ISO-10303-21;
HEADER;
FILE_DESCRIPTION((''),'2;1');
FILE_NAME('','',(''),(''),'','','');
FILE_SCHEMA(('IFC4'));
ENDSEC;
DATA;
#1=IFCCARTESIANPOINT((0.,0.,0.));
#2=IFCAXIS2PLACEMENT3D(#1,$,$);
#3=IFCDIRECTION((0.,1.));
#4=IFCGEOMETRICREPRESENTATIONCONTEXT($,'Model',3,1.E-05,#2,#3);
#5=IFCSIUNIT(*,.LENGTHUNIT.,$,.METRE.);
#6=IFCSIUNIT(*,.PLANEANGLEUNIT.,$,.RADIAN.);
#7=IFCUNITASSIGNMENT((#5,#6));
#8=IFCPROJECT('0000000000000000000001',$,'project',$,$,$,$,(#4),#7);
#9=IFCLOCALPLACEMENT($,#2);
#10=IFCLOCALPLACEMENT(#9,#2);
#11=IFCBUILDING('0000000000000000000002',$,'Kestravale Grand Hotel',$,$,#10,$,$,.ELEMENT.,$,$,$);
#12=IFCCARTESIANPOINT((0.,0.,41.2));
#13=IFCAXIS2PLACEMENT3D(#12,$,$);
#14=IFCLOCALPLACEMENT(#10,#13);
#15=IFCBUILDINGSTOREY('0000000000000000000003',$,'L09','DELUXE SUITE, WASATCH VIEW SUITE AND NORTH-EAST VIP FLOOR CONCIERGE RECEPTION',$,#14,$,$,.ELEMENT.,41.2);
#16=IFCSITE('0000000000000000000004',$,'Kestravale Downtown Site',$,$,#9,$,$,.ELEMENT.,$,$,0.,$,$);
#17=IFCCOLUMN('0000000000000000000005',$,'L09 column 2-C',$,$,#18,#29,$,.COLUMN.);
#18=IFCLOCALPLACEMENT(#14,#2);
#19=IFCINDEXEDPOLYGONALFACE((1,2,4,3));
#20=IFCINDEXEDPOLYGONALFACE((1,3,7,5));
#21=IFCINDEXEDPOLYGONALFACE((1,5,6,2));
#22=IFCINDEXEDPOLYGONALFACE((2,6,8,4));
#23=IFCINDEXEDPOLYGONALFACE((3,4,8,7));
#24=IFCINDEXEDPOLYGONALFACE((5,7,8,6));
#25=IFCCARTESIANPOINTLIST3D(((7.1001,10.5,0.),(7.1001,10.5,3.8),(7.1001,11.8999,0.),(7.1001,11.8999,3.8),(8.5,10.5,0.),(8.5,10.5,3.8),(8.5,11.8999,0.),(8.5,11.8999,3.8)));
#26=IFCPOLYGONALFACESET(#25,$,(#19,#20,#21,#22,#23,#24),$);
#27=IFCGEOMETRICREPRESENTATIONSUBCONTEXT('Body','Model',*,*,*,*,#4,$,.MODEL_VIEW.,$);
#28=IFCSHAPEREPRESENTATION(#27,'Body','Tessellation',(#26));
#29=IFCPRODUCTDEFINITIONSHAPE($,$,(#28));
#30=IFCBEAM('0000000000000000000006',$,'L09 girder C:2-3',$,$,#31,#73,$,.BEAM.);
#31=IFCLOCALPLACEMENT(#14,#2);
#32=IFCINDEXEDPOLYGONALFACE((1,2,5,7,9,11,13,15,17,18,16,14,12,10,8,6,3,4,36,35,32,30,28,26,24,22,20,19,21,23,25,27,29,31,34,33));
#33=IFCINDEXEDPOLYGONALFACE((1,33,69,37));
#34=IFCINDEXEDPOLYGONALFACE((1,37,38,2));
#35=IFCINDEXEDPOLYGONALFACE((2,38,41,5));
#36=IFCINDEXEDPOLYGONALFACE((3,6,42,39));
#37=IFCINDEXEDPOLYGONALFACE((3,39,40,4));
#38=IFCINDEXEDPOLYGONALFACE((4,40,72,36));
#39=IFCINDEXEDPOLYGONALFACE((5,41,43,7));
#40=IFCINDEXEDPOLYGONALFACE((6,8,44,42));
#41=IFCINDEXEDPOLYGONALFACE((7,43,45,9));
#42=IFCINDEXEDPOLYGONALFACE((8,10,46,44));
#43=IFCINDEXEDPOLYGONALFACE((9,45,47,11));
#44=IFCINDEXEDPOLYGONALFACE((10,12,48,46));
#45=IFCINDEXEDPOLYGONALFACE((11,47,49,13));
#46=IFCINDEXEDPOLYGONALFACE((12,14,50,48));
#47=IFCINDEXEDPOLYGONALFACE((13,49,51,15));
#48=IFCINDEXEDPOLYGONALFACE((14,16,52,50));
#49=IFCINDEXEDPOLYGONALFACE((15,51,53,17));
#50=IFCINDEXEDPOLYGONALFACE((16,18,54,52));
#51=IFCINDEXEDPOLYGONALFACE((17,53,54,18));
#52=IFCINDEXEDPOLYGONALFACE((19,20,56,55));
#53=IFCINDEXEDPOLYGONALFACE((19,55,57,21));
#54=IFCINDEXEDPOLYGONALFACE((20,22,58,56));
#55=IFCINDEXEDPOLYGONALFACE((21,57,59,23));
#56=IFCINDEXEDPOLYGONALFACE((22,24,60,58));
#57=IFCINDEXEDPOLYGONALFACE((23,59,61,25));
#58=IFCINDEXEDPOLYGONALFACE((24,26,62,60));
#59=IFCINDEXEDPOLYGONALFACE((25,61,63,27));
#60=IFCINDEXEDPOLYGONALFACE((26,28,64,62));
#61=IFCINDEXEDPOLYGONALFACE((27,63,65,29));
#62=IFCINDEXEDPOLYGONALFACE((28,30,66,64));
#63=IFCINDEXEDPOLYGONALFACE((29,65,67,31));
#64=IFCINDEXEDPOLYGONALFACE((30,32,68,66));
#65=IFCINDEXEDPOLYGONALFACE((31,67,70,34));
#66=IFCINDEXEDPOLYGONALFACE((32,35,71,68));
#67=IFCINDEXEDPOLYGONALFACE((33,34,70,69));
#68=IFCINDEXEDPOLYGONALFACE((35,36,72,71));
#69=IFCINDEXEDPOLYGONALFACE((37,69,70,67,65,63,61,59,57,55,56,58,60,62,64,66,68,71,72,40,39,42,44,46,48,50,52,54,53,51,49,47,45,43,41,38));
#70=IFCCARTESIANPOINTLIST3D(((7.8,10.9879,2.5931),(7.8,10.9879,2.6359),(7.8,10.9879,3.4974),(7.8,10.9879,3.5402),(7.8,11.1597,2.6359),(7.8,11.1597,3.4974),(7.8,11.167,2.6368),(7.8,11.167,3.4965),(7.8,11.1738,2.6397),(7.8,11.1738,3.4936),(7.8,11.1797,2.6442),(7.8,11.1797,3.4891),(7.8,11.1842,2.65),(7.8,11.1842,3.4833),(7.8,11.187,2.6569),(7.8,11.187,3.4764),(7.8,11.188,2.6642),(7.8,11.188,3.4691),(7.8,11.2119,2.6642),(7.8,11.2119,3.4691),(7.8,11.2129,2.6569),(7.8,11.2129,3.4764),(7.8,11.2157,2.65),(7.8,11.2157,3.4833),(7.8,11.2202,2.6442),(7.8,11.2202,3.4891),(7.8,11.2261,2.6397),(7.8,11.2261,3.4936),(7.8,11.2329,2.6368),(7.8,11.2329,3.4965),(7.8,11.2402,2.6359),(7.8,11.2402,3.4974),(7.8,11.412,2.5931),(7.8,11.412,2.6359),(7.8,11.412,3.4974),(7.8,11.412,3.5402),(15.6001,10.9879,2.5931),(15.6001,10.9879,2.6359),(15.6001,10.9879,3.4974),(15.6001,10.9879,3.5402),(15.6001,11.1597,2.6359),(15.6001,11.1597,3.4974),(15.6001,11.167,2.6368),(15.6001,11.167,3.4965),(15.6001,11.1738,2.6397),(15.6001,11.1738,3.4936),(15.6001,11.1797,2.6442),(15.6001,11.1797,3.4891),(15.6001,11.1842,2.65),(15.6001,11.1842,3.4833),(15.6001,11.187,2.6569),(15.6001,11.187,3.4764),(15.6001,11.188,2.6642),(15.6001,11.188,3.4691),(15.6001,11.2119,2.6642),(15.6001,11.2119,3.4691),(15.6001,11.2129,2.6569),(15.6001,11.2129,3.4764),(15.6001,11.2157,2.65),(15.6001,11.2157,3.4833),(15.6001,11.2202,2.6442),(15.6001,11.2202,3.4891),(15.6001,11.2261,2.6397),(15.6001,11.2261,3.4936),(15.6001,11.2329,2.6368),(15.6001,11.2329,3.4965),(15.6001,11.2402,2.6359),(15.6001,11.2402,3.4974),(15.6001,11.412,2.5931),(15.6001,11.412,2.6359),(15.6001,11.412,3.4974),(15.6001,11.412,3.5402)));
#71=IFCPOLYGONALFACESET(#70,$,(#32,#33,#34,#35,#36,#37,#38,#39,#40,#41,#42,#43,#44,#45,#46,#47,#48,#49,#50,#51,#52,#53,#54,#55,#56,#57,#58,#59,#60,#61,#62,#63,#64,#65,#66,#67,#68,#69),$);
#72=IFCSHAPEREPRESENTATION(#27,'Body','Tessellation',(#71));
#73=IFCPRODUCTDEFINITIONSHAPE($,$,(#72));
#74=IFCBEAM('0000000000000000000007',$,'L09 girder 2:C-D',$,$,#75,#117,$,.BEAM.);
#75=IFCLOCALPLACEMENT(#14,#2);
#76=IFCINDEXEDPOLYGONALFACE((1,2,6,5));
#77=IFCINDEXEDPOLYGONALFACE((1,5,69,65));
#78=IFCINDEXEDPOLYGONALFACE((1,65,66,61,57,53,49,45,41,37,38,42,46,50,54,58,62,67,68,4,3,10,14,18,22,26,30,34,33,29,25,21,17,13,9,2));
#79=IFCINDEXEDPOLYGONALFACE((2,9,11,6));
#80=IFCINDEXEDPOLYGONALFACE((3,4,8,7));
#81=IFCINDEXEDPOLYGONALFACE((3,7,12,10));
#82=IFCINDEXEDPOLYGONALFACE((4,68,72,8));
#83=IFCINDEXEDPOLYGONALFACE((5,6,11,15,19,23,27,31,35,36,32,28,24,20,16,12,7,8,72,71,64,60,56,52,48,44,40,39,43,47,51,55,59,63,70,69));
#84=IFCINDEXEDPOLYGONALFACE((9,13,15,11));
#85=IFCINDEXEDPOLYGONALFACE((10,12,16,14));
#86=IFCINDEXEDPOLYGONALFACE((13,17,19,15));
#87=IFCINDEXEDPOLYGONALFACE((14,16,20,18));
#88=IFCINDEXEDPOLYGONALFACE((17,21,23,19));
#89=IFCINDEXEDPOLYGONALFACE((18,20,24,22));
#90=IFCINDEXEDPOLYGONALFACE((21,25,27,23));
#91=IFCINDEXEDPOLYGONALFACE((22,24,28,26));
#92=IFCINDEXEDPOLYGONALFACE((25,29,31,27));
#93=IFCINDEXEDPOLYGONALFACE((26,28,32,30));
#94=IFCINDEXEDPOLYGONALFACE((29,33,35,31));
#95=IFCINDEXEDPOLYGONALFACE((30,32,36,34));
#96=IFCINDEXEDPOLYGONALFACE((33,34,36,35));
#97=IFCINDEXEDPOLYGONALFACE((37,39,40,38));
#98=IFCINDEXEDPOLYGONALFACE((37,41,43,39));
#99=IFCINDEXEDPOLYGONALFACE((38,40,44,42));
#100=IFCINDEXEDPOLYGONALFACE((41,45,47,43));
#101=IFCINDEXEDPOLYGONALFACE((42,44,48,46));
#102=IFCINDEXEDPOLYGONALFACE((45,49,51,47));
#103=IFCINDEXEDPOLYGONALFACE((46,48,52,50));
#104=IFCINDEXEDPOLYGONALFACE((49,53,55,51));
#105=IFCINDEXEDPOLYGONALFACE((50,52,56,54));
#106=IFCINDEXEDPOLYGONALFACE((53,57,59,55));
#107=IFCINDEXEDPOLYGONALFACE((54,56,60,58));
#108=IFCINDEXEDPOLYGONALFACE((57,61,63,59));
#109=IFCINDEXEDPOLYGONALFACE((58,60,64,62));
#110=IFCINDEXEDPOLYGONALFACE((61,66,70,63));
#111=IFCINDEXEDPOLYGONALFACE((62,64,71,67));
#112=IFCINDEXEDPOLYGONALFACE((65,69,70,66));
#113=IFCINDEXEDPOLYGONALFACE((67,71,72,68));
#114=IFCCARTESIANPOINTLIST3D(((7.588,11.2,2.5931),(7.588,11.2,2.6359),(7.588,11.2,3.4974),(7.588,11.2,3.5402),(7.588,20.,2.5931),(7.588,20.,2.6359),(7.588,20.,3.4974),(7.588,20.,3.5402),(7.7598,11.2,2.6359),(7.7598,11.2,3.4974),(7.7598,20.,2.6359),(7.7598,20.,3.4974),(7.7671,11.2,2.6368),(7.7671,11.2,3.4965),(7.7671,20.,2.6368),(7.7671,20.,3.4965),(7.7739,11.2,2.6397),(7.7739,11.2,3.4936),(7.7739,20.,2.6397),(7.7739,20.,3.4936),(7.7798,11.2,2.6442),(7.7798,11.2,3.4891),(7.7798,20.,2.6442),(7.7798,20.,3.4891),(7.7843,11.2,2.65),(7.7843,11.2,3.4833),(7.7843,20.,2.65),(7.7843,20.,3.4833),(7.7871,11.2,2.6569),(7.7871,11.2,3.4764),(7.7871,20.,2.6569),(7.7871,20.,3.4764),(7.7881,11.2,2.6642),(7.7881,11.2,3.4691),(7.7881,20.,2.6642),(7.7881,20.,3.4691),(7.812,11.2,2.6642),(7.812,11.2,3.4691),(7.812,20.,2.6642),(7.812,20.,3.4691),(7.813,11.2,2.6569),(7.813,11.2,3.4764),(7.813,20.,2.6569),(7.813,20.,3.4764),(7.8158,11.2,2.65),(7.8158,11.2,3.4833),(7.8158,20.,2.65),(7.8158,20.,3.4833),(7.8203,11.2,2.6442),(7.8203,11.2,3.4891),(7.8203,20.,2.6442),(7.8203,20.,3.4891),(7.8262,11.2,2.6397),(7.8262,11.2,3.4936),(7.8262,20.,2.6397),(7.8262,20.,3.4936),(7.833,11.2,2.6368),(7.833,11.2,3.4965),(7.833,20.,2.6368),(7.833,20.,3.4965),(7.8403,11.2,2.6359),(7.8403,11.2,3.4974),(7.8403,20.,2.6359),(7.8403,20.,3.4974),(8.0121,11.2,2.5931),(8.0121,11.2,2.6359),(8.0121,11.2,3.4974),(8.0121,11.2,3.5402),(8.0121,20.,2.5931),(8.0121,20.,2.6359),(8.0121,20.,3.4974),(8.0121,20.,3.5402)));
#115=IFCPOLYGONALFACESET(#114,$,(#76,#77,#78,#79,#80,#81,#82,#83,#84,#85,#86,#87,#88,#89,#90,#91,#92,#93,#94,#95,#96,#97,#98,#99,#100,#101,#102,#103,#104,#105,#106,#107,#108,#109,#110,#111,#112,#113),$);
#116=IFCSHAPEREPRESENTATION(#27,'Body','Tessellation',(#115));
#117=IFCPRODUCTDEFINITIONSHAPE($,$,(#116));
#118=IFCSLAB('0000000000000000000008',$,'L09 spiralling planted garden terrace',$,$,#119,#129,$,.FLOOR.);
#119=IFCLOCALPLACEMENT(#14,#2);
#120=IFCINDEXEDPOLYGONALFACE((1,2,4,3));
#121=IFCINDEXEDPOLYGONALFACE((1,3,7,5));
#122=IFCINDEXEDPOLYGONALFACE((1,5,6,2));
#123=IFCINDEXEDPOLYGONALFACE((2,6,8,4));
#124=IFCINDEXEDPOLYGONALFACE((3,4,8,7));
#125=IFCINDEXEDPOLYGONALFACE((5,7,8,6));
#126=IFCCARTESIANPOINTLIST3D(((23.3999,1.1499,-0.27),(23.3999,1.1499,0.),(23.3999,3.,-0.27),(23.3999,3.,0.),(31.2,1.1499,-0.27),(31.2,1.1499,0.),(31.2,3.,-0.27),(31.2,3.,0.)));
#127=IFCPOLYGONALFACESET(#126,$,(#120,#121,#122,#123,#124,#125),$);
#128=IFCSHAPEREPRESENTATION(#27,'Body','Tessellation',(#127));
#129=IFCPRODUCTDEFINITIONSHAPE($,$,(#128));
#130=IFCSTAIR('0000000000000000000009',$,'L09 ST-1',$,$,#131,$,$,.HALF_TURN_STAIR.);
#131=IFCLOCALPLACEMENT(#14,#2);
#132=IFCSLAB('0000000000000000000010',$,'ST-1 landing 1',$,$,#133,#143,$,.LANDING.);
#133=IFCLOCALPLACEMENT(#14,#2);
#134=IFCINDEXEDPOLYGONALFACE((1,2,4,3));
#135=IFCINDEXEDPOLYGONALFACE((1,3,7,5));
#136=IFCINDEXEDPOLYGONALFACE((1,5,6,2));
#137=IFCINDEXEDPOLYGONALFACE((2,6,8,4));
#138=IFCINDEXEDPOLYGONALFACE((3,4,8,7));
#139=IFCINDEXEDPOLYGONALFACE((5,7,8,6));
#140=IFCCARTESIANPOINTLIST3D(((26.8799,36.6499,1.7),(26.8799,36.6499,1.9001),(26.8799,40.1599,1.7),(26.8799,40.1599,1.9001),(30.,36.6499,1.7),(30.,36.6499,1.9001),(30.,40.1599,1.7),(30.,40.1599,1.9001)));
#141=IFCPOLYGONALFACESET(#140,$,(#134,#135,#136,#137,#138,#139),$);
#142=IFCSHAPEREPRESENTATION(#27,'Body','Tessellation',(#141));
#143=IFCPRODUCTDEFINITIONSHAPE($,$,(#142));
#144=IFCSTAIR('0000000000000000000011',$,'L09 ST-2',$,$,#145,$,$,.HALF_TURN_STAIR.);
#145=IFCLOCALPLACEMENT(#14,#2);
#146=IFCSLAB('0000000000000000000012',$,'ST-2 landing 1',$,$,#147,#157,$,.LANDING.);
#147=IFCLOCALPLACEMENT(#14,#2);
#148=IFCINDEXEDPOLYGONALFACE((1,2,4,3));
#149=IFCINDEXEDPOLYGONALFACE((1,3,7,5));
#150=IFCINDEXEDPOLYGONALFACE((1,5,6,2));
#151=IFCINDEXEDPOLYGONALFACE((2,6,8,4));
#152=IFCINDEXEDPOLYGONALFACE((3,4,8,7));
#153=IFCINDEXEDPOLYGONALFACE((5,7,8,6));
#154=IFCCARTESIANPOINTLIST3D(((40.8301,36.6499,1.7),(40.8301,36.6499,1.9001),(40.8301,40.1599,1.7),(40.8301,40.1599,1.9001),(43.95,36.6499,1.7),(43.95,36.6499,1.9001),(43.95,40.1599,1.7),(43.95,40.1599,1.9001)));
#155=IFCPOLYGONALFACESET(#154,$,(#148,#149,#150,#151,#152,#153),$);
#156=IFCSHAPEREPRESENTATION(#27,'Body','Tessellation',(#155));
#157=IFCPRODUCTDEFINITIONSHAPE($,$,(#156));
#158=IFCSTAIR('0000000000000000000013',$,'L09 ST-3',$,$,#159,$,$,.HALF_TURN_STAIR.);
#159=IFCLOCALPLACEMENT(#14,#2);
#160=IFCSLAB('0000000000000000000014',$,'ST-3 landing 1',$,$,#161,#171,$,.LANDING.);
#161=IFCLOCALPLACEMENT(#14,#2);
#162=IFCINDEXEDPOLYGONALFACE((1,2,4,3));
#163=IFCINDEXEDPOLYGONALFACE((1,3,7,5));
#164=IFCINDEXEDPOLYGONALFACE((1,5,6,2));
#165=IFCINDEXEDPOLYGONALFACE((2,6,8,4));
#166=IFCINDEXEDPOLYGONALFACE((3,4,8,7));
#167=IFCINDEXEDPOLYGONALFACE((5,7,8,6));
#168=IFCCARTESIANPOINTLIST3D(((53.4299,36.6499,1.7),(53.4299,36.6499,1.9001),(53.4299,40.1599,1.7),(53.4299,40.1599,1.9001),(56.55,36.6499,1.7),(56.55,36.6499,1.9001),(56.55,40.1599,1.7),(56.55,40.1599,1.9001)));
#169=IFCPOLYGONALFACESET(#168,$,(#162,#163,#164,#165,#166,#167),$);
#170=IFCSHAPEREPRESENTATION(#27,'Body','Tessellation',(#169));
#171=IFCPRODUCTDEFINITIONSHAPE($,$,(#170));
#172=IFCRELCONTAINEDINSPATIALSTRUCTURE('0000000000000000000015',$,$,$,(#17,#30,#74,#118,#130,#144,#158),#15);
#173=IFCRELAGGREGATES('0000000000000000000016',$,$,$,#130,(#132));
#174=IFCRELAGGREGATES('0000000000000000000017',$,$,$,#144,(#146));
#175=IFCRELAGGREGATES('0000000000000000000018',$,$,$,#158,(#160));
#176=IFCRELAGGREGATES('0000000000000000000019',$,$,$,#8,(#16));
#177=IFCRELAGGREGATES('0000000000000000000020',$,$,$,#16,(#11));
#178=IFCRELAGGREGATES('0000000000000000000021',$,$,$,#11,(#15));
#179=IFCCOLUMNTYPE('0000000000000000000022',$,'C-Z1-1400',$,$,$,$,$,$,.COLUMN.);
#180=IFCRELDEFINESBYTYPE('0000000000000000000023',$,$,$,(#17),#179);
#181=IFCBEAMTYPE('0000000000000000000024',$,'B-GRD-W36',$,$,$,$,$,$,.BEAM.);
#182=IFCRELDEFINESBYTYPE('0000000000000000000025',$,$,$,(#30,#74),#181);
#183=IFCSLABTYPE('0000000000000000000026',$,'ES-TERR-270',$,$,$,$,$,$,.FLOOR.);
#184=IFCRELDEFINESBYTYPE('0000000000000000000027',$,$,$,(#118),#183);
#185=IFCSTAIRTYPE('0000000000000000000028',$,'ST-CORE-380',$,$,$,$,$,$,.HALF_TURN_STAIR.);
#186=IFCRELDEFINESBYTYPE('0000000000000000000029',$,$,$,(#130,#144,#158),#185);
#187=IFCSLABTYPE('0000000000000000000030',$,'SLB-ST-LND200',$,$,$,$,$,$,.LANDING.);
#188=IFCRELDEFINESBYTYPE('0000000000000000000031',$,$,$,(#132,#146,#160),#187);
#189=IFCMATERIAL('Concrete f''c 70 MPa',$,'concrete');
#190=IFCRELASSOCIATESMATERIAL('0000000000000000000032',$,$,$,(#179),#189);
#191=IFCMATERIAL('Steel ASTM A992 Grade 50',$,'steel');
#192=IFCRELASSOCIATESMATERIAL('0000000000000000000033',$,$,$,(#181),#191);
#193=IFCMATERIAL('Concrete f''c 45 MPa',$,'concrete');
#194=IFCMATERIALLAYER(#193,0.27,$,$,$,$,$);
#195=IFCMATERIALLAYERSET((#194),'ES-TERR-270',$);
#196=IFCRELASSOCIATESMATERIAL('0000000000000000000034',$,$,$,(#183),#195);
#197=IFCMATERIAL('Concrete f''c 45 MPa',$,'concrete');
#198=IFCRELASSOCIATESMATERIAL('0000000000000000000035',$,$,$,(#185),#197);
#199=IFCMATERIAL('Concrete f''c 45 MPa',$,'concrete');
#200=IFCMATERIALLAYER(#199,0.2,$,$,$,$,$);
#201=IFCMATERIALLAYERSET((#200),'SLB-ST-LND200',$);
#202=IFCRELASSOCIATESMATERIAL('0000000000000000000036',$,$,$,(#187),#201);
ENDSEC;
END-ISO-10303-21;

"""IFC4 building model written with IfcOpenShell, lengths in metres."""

from ifc_helpers import new_model, si_unit, direction, frame, origin, origin_2d, place, context, subcontext, project, spatial, polyline, rectangle, i_section, outline, extrude, material, layer, layer_set, material_profile, profile_set, type_object, element, aggregate, save


model = new_model("IFC4")

# Units and contexts
model_context = context("Model", 3, precision=1e-05, world=origin(), true_north=direction((0.0, 1.0)))
body_context = subcontext(model_context, "Body", "Model", "MODEL_VIEW")
ifc_project = project(units=[si_unit("LENGTHUNIT", "METRE"), si_unit("PLANEANGLEUNIT", "RADIAN")], contexts=[model_context])

# Site, building, storey
site_placement = place(None, origin())
site = spatial("IfcSite", under=ifc_project, at=site_placement, Name="Kestravale Downtown Site", CompositionType="ELEMENT", RefElevation=0.0)
building_placement = place(site_placement, origin())
building = spatial("IfcBuilding", under=site, at=building_placement, Name="Kestravale Grand Hotel", CompositionType="ELEMENT")
storey_placement = place(building_placement, frame((0.0, 0.0, 41.2)))
storey = spatial("IfcBuildingStorey", under=building, at=storey_placement, Name="L09", Description="DELUXE SUITE, WASATCH VIEW SUITE AND NORTH-EAST VIP FLOOR CONCIERGE RECEPTION", CompositionType="ELEMENT", Elevation=41.2)

# Column
ifc_material_1 = material(Name="Concrete f'c 70 MPa", Category="concrete")
ifc_material_profile_1 = material_profile(ifc_material_1, rectangle(XDim=1.3999, YDim=1.3999, at=origin_2d()))
ifc_profile_set_1 = profile_set([ifc_material_profile_1], Name="Concrete f'c 70 MPa")
column_type = type_object("IfcColumnType", Name="C-Z1-1400", PredefinedType="COLUMN", material=ifc_profile_set_1)
column_placement = place(storey_placement, frame((7.8, 11.2, 0.0), z_axis=(0.0, 0.0, 1.0), x_axis=(1.0, 0.0, 0.0)))
element("IfcColumn", 1, at=column_placement, inside=storey, type_object=column_type, Name="L09 column 2-C", PredefinedType="COLUMN", context=body_context, shape_type="SweptSolid", body=[
    extrude(rectangle(XDim=1.3999, YDim=1.3999, at=origin_2d()), origin(), (0.0, 0.0, 1.0), 3.8),
])

# Beams
ifc_material_2 = material(Name="Steel ASTM A992 Grade 50", Category="steel")
ifc_material_profile_2 = material_profile(ifc_material_2, i_section(OverallWidth=0.4241, OverallDepth=0.947, WebThickness=0.0239, FlangeThickness=0.0427, FilletRadius=0.0283, at=origin_2d()))
ifc_profile_set_2 = profile_set([ifc_material_profile_2], Name="Steel ASTM A992 Grade 50")
beam_type = type_object("IfcBeamType", Name="B-GRD-W36", PredefinedType="BEAM", material=ifc_profile_set_2)
beam_1_placement = place(storey_placement, frame((7.8, 11.2, 3.0667), z_axis=(1.0, 0.0, 0.0), x_axis=(0.0, 1.0, 0.0)))
element("IfcBeam", 2, at=beam_1_placement, inside=storey, type_object=beam_type, Name="L09 girder C:2-3", PredefinedType="BEAM", context=body_context, shape_type="SweptSolid", body=[
    extrude(i_section(OverallWidth=0.4241, OverallDepth=0.947, WebThickness=0.0239, FlangeThickness=0.0427, FilletRadius=0.0283, at=origin_2d()), origin(), (0.0, 0.0, 1.0), 7.8),
])
beam_2_placement = place(storey_placement, frame((7.8, 11.2, 3.0667), z_axis=(0.0, 1.0, 0.0), x_axis=(-1.0, 0.0, 0.0)))
element("IfcBeam", 3, at=beam_2_placement, inside=storey, type_object=beam_type, Name="L09 girder 2:C-D", PredefinedType="BEAM", context=body_context, shape_type="SweptSolid", body=[
    extrude(i_section(OverallWidth=0.4241, OverallDepth=0.947, WebThickness=0.0239, FlangeThickness=0.0427, FilletRadius=0.0283, at=origin_2d()), origin(), (0.0, 0.0, 1.0), 8.8),
])

# Slab
ifc_material_3 = material(Name="Concrete f'c 45 MPa", Category="concrete")
ifc_layer_1 = layer(ifc_material_3, 0.27)
ifc_layer_set_1 = layer_set([ifc_layer_1], Name="ES-TERR-270")
slab_type_1 = type_object("IfcSlabType", Name="ES-TERR-270", PredefinedType="FLOOR", material=ifc_layer_set_1)
slab_1_placement = place(storey_placement, frame((0.0, 0.0, -0.27)))
element("IfcSlab", 4, at=slab_1_placement, inside=storey, type_object=slab_type_1, Name="L09 spiralling planted garden terrace", PredefinedType="FLOOR", context=body_context, shape_type="SweptSolid", body=[
    extrude(outline(polyline([(23.3999, 1.1499), (31.2, 1.1499), (31.2, 3.0), (23.3999, 3.0), (23.3999, 1.1499)])), origin(), (0.0, 0.0, 1.0), 0.27),
])

# Stairs, slabs
ifc_material_4 = material(Name="Concrete f'c 45 MPa", Category="concrete")
stair_type = type_object("IfcStairType", Name="ST-CORE-380", PredefinedType="HALF_TURN_STAIR", material=ifc_material_4)
stair_1_placement = place(storey_placement, origin())
stair_1 = element("IfcStair", 5, at=stair_1_placement, inside=storey, type_object=stair_type, Name="L09 ST-1", PredefinedType="HALF_TURN_STAIR")
ifc_material_5 = material(Name="Concrete f'c 45 MPa", Category="concrete")
ifc_layer_2 = layer(ifc_material_5, 0.2)
ifc_layer_set_2 = layer_set([ifc_layer_2], Name="SLB-ST-LND200")
slab_type_2 = type_object("IfcSlabType", Name="SLB-ST-LND200", PredefinedType="LANDING", material=ifc_layer_set_2)
slab_2_placement = place(storey_placement, frame((0.0, 0.0, 1.7)))
slab_2 = element("IfcSlab", 6, at=slab_2_placement, type_object=slab_type_2, Name="ST-1 landing 1", PredefinedType="LANDING", context=body_context, shape_type="SweptSolid", body=[
    extrude(outline(polyline([(26.8799, 36.6499), (30.0, 36.6499), (30.0, 40.1599), (26.8799, 40.1599), (26.8799, 36.6499)])), origin(), (0.0, 0.0, 1.0), 0.2002),
])
aggregate(stair_1, [slab_2])
stair_2_placement = place(storey_placement, origin())
stair_2 = element("IfcStair", 7, at=stair_2_placement, inside=storey, type_object=stair_type, Name="L09 ST-2", PredefinedType="HALF_TURN_STAIR")
slab_3_placement = place(storey_placement, frame((0.0, 0.0, 1.7)))
slab_3 = element("IfcSlab", 8, at=slab_3_placement, type_object=slab_type_2, Name="ST-2 landing 1", PredefinedType="LANDING", context=body_context, shape_type="SweptSolid", body=[
    extrude(outline(polyline([(40.8301, 36.6499), (43.95, 36.6499), (43.95, 40.1599), (40.8301, 40.1599), (40.8301, 36.6499)])), origin(), (0.0, 0.0, 1.0), 0.2002),
])
aggregate(stair_2, [slab_3])
stair_3_placement = place(storey_placement, origin())
stair_3 = element("IfcStair", 9, at=stair_3_placement, inside=storey, type_object=stair_type, Name="L09 ST-3", PredefinedType="HALF_TURN_STAIR")
slab_4_placement = place(storey_placement, frame((0.0, 0.0, 1.7)))
slab_4 = element("IfcSlab", 10, at=slab_4_placement, type_object=slab_type_2, Name="ST-3 landing 1", PredefinedType="LANDING", context=body_context, shape_type="SweptSolid", body=[
    extrude(outline(polyline([(53.4299, 36.6499), (56.55, 36.6499), (56.55, 40.1599), (53.4299, 40.1599), (53.4299, 36.6499)])), origin(), (0.0, 0.0, 1.0), 0.2002),
])
aggregate(stair_3, [slab_4])

save(model, "model.ifc")
